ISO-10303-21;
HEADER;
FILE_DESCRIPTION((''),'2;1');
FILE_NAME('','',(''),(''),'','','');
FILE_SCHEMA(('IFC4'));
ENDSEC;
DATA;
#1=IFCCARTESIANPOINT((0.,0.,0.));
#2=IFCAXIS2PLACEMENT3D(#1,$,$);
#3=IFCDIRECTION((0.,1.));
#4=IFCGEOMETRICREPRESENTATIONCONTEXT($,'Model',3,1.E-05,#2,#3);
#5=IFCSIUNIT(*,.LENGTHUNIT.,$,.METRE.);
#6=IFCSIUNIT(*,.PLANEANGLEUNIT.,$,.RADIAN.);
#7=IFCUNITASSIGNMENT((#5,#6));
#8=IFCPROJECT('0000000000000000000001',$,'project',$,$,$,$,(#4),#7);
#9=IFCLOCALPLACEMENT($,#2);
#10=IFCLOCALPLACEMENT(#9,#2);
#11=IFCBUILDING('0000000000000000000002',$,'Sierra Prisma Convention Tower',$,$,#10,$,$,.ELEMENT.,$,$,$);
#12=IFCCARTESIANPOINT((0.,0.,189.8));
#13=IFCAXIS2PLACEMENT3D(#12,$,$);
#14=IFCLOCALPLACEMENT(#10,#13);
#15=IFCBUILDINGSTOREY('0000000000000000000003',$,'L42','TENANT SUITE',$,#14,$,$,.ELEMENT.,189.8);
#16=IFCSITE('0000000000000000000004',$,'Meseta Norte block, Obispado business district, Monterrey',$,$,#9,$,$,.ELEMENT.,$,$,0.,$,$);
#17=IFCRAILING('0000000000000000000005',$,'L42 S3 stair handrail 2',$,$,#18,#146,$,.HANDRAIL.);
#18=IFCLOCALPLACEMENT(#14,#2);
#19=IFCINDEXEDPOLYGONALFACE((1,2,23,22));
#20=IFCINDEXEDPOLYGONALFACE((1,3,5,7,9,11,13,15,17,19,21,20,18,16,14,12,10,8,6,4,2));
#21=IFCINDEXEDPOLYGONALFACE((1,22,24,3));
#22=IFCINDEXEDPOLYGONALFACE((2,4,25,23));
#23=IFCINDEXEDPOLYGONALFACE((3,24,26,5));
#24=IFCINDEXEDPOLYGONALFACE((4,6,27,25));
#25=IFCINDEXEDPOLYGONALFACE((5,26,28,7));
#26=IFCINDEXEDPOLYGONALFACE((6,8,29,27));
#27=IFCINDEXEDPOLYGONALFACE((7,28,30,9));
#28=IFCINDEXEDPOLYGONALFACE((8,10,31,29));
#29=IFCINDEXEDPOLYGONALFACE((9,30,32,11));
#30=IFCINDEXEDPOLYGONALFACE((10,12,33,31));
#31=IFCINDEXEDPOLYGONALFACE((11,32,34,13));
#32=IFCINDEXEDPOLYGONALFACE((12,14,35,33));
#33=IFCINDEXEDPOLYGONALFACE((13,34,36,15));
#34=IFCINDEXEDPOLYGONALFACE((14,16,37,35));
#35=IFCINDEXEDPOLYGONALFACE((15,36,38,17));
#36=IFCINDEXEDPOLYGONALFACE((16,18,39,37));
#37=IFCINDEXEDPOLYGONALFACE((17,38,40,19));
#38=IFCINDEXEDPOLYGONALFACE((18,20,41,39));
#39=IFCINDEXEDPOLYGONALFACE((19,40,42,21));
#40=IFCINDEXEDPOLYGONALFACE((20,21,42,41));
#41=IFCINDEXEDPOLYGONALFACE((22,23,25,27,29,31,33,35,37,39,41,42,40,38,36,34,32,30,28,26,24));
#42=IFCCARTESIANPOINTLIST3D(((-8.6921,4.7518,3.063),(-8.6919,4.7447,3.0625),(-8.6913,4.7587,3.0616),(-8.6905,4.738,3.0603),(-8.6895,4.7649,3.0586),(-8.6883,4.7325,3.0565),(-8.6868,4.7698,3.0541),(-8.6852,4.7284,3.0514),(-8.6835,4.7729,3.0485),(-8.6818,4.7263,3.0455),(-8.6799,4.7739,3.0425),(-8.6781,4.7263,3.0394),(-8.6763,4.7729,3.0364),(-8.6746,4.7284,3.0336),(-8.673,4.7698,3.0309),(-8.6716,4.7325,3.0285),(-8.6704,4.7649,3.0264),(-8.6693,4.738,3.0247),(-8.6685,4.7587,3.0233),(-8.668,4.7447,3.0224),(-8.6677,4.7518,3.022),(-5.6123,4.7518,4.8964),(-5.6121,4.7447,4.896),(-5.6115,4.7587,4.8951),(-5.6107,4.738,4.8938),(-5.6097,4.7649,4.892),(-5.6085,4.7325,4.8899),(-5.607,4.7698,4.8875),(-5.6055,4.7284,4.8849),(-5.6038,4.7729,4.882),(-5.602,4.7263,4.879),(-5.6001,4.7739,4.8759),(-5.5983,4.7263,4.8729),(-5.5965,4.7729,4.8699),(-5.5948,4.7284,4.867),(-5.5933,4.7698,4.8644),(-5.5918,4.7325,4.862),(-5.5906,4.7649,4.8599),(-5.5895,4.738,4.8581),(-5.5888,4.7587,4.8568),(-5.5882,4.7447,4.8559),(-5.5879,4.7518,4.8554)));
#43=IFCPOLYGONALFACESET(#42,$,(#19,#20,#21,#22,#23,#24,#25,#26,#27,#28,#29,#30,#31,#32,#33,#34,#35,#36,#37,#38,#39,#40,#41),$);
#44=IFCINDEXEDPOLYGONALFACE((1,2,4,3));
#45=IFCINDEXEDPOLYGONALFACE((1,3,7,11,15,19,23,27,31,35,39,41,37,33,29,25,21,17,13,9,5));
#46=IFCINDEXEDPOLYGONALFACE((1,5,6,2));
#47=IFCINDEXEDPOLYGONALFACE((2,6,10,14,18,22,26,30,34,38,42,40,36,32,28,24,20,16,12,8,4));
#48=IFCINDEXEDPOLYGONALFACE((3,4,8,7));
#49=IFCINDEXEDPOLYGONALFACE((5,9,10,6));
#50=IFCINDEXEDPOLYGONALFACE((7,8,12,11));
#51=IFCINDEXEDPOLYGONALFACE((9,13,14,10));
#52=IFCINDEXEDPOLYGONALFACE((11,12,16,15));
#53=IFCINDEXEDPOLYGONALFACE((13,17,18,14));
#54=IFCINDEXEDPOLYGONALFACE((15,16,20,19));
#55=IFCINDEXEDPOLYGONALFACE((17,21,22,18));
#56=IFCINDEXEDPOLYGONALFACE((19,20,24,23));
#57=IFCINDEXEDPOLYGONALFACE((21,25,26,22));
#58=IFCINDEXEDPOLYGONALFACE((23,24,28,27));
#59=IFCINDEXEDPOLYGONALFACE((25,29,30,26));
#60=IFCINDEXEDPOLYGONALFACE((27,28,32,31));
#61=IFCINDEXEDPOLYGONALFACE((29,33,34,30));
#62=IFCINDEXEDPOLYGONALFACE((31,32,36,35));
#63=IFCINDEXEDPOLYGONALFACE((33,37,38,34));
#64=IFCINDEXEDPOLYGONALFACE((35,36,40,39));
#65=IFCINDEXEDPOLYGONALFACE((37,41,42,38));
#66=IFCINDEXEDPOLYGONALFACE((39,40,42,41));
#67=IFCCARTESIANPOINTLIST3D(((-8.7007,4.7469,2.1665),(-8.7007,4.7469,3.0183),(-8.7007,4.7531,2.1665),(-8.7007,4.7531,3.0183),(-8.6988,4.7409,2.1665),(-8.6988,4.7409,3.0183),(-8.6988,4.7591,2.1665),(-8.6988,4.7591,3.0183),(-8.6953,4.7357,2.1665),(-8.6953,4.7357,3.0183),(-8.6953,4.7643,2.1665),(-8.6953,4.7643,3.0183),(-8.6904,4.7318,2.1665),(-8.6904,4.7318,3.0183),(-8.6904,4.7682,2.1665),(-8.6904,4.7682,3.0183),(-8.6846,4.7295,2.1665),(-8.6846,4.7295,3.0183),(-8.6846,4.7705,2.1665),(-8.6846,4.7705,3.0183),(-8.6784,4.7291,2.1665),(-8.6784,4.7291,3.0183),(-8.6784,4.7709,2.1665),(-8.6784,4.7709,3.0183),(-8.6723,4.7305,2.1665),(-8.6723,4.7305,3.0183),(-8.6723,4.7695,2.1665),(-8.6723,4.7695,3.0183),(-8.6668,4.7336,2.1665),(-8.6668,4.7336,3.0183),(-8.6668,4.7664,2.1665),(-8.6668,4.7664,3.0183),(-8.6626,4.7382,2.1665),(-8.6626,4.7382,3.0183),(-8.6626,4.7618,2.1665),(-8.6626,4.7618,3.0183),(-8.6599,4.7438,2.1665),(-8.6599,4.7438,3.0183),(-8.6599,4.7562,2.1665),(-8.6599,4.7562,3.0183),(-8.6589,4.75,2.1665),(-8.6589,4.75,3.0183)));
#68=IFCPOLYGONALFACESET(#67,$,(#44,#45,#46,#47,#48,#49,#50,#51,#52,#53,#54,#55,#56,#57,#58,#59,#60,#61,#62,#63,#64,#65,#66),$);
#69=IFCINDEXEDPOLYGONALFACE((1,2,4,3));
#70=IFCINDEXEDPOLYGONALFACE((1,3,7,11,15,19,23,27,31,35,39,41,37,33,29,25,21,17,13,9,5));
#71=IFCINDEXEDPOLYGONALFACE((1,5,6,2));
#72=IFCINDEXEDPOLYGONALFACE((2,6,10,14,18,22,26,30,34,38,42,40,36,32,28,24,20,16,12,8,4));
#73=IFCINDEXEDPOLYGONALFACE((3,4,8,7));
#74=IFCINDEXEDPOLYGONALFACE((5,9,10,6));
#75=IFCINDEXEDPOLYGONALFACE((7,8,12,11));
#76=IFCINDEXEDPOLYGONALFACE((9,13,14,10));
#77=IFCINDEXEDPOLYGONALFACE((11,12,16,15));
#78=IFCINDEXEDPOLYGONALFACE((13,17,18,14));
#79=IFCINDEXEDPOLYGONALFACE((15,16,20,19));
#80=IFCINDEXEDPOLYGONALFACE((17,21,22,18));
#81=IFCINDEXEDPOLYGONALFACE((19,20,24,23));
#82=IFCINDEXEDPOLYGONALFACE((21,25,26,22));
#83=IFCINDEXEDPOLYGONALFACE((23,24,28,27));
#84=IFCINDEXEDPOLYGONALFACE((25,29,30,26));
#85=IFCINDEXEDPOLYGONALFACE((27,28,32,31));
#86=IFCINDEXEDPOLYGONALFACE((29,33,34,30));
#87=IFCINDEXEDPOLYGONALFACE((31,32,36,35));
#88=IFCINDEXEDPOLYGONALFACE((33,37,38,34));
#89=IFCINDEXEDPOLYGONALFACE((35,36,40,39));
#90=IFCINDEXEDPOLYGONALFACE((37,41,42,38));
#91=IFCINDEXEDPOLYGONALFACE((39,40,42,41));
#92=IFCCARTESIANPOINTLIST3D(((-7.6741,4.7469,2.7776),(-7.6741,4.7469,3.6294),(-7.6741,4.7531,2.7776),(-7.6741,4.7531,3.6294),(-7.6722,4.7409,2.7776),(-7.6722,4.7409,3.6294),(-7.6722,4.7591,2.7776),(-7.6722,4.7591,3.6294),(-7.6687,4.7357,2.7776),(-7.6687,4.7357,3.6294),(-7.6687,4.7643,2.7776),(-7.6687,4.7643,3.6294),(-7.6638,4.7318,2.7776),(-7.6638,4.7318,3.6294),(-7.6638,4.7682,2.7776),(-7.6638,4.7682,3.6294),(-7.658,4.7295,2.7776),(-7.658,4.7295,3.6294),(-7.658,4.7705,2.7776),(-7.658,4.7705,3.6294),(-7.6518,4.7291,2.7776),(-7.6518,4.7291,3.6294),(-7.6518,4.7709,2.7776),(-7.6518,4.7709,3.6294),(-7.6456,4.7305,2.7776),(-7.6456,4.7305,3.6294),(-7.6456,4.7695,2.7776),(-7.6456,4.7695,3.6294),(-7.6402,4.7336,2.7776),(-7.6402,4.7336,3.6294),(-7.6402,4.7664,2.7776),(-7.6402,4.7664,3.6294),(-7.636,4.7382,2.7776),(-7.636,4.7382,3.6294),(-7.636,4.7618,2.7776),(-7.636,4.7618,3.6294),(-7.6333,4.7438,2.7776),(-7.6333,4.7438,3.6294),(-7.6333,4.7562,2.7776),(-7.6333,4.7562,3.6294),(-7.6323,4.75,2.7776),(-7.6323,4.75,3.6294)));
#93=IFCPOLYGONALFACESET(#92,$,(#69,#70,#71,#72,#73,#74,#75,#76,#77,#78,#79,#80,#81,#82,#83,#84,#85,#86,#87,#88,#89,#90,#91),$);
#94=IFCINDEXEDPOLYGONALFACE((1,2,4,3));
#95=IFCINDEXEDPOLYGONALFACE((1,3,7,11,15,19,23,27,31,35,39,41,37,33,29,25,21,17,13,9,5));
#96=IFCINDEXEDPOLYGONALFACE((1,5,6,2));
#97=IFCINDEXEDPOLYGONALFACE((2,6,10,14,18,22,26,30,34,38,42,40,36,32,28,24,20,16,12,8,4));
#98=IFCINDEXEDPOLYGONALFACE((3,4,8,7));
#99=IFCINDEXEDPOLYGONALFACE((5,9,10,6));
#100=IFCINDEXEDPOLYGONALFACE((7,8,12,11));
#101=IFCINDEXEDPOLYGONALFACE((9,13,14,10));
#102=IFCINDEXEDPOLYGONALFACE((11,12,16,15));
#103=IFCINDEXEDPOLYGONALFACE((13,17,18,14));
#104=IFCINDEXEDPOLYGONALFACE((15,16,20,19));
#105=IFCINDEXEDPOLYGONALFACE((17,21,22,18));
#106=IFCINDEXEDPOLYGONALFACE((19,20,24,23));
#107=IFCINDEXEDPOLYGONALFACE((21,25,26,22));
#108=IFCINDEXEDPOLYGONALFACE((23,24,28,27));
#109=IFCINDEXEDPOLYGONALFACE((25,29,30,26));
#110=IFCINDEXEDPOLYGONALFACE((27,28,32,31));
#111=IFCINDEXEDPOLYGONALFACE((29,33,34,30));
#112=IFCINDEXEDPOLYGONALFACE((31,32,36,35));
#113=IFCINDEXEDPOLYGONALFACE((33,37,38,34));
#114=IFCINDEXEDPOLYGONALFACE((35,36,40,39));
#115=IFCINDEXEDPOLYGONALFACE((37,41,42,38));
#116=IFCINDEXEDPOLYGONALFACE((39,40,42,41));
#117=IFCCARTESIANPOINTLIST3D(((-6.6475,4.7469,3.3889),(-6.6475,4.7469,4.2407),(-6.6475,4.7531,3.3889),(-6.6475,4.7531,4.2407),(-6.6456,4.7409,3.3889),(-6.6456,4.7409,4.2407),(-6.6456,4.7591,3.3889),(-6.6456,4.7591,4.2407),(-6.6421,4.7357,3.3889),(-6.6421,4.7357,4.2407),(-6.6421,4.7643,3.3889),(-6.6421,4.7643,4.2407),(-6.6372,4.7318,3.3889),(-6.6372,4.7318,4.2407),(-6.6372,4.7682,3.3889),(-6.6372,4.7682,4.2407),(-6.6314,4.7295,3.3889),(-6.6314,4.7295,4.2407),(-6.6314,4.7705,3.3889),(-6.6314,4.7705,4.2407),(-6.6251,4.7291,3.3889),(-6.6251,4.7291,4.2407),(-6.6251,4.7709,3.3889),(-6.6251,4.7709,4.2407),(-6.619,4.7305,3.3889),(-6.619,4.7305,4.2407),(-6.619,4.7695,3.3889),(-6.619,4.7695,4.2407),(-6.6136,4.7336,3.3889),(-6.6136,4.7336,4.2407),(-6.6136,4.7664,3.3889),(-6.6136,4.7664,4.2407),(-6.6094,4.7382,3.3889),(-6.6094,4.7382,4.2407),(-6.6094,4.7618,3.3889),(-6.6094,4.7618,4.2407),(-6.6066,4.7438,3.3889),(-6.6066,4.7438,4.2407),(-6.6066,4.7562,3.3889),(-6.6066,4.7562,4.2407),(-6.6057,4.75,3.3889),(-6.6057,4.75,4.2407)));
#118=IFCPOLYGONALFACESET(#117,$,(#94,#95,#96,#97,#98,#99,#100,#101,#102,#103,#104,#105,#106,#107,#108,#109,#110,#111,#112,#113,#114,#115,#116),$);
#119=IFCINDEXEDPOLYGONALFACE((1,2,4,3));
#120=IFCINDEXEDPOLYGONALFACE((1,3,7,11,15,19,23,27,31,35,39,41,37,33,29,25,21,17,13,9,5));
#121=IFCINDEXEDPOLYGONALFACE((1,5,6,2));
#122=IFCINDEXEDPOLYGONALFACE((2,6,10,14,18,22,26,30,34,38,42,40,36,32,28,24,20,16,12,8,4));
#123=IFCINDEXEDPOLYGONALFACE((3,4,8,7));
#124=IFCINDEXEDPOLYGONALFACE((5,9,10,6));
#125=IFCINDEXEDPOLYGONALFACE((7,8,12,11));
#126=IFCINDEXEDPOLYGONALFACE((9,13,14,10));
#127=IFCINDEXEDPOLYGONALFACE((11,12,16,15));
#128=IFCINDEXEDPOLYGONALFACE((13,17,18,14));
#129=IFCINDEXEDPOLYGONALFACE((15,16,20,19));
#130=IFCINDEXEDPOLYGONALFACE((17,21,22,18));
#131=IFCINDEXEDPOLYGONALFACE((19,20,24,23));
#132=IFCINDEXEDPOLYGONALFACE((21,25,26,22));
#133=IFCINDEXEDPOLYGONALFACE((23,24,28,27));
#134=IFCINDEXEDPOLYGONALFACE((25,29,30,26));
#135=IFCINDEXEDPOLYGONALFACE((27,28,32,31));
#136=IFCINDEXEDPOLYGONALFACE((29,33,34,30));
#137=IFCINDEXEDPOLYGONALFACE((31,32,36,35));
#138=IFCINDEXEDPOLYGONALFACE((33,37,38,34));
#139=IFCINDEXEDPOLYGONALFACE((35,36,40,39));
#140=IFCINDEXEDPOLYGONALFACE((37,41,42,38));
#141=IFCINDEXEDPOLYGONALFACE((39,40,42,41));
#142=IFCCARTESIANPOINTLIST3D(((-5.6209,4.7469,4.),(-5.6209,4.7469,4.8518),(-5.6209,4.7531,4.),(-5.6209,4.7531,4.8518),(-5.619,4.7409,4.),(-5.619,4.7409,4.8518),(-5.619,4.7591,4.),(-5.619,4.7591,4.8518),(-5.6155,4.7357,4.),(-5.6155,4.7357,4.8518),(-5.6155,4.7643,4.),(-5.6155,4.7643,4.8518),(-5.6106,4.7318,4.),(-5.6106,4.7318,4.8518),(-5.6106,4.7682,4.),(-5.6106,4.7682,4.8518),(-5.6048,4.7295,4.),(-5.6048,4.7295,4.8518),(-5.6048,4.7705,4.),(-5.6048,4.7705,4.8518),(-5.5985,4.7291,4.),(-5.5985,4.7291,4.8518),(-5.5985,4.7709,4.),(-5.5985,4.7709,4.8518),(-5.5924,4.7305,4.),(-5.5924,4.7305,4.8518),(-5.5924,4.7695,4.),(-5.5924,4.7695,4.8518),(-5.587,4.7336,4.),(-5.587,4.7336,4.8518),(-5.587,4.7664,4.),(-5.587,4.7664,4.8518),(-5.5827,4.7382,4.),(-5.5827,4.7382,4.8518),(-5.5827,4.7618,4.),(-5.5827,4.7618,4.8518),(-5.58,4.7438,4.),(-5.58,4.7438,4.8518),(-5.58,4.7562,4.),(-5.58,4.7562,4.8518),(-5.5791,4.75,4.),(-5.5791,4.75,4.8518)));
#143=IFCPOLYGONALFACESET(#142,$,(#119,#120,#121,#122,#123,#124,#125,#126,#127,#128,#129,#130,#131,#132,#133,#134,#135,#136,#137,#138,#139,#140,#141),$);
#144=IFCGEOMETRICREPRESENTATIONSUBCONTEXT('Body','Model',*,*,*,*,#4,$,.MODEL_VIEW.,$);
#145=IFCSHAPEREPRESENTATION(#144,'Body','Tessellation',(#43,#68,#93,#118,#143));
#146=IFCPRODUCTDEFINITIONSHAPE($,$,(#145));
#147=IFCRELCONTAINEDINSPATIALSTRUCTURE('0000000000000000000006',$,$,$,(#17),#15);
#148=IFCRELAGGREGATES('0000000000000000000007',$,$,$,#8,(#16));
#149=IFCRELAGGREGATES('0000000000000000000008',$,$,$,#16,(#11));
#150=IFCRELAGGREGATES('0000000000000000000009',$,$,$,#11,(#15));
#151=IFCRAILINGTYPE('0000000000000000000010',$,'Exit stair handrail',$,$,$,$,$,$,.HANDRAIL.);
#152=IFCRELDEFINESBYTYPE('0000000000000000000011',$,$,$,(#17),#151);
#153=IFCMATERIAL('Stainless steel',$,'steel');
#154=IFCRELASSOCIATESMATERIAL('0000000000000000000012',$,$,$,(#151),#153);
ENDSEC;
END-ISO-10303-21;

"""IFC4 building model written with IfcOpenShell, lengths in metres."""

from ifc_helpers import new_model, si_unit, direction, frame, origin, origin_2d, place, context, subcontext, project, spatial, circle, extrude, material, type_object, element, save


model = new_model("IFC4")

# Units and contexts
model_context = context("Model", 3, precision=1e-05, world=origin(), true_north=direction((0.0, 1.0)))
body_context = subcontext(model_context, "Body", "Model", "MODEL_VIEW")
ifc_project = project(units=[si_unit("LENGTHUNIT", "METRE"), si_unit("PLANEANGLEUNIT", "RADIAN")], contexts=[model_context])

# Site, building, storey
site_placement = place(None, origin())
site = spatial("IfcSite", under=ifc_project, at=site_placement, Name="Meseta Norte block, Obispado business district, Monterrey", CompositionType="ELEMENT", RefElevation=0.0)
building_placement = place(site_placement, origin())
building = spatial("IfcBuilding", under=site, at=building_placement, Name="Sierra Prisma Convention Tower", CompositionType="ELEMENT")
storey_placement = place(building_placement, frame((0.0, 0.0, 189.8)))
storey = spatial("IfcBuildingStorey", under=building, at=storey_placement, Name="L42", Description="TENANT SUITE", CompositionType="ELEMENT", Elevation=189.8)

# Railing
ifc_material_1 = material(Name="Stainless steel", Category="steel")
railing_type_1 = type_object("IfcRailingType", Name="Exit stair handrail", PredefinedType="HANDRAIL", material=ifc_material_1)
railing_1_placement = place(storey_placement, frame((-8.6799, 4.75, 2.1665)))
element("IfcRailing", 1, at=railing_1_placement, inside=storey, type_object=railing_type_1, Name="L42 S3 stair handrail 2", PredefinedType="HANDRAIL", context=body_context, shape_type="SweptSolid", body=[
    extrude(circle(Radius=0.0239, at=origin_2d()), frame((0.0, 0.0, 0.876), z_axis=(0.859261, 0.0, 0.511538), x_axis=(0.0, 1.0, 0.0)), (0.0, 0.0, 1.0), 3.5842),
    extrude(circle(Radius=0.021, at=origin_2d()), origin(), (0.0, 0.0, 1.0), 0.8518),
    extrude(circle(Radius=0.021, at=origin_2d()), frame((1.0266, 0.0, 0.6111)), (0.0, 0.0, 1.0), 0.8518),
    extrude(circle(Radius=0.021, at=origin_2d()), frame((2.0532, 0.0, 1.2224)), (0.0, 0.0, 1.0), 0.8518),
    extrude(circle(Radius=0.021, at=origin_2d()), frame((3.0798, 0.0, 1.8335)), (0.0, 0.0, 1.0), 0.8518),
])

save(model, "model.ifc")
